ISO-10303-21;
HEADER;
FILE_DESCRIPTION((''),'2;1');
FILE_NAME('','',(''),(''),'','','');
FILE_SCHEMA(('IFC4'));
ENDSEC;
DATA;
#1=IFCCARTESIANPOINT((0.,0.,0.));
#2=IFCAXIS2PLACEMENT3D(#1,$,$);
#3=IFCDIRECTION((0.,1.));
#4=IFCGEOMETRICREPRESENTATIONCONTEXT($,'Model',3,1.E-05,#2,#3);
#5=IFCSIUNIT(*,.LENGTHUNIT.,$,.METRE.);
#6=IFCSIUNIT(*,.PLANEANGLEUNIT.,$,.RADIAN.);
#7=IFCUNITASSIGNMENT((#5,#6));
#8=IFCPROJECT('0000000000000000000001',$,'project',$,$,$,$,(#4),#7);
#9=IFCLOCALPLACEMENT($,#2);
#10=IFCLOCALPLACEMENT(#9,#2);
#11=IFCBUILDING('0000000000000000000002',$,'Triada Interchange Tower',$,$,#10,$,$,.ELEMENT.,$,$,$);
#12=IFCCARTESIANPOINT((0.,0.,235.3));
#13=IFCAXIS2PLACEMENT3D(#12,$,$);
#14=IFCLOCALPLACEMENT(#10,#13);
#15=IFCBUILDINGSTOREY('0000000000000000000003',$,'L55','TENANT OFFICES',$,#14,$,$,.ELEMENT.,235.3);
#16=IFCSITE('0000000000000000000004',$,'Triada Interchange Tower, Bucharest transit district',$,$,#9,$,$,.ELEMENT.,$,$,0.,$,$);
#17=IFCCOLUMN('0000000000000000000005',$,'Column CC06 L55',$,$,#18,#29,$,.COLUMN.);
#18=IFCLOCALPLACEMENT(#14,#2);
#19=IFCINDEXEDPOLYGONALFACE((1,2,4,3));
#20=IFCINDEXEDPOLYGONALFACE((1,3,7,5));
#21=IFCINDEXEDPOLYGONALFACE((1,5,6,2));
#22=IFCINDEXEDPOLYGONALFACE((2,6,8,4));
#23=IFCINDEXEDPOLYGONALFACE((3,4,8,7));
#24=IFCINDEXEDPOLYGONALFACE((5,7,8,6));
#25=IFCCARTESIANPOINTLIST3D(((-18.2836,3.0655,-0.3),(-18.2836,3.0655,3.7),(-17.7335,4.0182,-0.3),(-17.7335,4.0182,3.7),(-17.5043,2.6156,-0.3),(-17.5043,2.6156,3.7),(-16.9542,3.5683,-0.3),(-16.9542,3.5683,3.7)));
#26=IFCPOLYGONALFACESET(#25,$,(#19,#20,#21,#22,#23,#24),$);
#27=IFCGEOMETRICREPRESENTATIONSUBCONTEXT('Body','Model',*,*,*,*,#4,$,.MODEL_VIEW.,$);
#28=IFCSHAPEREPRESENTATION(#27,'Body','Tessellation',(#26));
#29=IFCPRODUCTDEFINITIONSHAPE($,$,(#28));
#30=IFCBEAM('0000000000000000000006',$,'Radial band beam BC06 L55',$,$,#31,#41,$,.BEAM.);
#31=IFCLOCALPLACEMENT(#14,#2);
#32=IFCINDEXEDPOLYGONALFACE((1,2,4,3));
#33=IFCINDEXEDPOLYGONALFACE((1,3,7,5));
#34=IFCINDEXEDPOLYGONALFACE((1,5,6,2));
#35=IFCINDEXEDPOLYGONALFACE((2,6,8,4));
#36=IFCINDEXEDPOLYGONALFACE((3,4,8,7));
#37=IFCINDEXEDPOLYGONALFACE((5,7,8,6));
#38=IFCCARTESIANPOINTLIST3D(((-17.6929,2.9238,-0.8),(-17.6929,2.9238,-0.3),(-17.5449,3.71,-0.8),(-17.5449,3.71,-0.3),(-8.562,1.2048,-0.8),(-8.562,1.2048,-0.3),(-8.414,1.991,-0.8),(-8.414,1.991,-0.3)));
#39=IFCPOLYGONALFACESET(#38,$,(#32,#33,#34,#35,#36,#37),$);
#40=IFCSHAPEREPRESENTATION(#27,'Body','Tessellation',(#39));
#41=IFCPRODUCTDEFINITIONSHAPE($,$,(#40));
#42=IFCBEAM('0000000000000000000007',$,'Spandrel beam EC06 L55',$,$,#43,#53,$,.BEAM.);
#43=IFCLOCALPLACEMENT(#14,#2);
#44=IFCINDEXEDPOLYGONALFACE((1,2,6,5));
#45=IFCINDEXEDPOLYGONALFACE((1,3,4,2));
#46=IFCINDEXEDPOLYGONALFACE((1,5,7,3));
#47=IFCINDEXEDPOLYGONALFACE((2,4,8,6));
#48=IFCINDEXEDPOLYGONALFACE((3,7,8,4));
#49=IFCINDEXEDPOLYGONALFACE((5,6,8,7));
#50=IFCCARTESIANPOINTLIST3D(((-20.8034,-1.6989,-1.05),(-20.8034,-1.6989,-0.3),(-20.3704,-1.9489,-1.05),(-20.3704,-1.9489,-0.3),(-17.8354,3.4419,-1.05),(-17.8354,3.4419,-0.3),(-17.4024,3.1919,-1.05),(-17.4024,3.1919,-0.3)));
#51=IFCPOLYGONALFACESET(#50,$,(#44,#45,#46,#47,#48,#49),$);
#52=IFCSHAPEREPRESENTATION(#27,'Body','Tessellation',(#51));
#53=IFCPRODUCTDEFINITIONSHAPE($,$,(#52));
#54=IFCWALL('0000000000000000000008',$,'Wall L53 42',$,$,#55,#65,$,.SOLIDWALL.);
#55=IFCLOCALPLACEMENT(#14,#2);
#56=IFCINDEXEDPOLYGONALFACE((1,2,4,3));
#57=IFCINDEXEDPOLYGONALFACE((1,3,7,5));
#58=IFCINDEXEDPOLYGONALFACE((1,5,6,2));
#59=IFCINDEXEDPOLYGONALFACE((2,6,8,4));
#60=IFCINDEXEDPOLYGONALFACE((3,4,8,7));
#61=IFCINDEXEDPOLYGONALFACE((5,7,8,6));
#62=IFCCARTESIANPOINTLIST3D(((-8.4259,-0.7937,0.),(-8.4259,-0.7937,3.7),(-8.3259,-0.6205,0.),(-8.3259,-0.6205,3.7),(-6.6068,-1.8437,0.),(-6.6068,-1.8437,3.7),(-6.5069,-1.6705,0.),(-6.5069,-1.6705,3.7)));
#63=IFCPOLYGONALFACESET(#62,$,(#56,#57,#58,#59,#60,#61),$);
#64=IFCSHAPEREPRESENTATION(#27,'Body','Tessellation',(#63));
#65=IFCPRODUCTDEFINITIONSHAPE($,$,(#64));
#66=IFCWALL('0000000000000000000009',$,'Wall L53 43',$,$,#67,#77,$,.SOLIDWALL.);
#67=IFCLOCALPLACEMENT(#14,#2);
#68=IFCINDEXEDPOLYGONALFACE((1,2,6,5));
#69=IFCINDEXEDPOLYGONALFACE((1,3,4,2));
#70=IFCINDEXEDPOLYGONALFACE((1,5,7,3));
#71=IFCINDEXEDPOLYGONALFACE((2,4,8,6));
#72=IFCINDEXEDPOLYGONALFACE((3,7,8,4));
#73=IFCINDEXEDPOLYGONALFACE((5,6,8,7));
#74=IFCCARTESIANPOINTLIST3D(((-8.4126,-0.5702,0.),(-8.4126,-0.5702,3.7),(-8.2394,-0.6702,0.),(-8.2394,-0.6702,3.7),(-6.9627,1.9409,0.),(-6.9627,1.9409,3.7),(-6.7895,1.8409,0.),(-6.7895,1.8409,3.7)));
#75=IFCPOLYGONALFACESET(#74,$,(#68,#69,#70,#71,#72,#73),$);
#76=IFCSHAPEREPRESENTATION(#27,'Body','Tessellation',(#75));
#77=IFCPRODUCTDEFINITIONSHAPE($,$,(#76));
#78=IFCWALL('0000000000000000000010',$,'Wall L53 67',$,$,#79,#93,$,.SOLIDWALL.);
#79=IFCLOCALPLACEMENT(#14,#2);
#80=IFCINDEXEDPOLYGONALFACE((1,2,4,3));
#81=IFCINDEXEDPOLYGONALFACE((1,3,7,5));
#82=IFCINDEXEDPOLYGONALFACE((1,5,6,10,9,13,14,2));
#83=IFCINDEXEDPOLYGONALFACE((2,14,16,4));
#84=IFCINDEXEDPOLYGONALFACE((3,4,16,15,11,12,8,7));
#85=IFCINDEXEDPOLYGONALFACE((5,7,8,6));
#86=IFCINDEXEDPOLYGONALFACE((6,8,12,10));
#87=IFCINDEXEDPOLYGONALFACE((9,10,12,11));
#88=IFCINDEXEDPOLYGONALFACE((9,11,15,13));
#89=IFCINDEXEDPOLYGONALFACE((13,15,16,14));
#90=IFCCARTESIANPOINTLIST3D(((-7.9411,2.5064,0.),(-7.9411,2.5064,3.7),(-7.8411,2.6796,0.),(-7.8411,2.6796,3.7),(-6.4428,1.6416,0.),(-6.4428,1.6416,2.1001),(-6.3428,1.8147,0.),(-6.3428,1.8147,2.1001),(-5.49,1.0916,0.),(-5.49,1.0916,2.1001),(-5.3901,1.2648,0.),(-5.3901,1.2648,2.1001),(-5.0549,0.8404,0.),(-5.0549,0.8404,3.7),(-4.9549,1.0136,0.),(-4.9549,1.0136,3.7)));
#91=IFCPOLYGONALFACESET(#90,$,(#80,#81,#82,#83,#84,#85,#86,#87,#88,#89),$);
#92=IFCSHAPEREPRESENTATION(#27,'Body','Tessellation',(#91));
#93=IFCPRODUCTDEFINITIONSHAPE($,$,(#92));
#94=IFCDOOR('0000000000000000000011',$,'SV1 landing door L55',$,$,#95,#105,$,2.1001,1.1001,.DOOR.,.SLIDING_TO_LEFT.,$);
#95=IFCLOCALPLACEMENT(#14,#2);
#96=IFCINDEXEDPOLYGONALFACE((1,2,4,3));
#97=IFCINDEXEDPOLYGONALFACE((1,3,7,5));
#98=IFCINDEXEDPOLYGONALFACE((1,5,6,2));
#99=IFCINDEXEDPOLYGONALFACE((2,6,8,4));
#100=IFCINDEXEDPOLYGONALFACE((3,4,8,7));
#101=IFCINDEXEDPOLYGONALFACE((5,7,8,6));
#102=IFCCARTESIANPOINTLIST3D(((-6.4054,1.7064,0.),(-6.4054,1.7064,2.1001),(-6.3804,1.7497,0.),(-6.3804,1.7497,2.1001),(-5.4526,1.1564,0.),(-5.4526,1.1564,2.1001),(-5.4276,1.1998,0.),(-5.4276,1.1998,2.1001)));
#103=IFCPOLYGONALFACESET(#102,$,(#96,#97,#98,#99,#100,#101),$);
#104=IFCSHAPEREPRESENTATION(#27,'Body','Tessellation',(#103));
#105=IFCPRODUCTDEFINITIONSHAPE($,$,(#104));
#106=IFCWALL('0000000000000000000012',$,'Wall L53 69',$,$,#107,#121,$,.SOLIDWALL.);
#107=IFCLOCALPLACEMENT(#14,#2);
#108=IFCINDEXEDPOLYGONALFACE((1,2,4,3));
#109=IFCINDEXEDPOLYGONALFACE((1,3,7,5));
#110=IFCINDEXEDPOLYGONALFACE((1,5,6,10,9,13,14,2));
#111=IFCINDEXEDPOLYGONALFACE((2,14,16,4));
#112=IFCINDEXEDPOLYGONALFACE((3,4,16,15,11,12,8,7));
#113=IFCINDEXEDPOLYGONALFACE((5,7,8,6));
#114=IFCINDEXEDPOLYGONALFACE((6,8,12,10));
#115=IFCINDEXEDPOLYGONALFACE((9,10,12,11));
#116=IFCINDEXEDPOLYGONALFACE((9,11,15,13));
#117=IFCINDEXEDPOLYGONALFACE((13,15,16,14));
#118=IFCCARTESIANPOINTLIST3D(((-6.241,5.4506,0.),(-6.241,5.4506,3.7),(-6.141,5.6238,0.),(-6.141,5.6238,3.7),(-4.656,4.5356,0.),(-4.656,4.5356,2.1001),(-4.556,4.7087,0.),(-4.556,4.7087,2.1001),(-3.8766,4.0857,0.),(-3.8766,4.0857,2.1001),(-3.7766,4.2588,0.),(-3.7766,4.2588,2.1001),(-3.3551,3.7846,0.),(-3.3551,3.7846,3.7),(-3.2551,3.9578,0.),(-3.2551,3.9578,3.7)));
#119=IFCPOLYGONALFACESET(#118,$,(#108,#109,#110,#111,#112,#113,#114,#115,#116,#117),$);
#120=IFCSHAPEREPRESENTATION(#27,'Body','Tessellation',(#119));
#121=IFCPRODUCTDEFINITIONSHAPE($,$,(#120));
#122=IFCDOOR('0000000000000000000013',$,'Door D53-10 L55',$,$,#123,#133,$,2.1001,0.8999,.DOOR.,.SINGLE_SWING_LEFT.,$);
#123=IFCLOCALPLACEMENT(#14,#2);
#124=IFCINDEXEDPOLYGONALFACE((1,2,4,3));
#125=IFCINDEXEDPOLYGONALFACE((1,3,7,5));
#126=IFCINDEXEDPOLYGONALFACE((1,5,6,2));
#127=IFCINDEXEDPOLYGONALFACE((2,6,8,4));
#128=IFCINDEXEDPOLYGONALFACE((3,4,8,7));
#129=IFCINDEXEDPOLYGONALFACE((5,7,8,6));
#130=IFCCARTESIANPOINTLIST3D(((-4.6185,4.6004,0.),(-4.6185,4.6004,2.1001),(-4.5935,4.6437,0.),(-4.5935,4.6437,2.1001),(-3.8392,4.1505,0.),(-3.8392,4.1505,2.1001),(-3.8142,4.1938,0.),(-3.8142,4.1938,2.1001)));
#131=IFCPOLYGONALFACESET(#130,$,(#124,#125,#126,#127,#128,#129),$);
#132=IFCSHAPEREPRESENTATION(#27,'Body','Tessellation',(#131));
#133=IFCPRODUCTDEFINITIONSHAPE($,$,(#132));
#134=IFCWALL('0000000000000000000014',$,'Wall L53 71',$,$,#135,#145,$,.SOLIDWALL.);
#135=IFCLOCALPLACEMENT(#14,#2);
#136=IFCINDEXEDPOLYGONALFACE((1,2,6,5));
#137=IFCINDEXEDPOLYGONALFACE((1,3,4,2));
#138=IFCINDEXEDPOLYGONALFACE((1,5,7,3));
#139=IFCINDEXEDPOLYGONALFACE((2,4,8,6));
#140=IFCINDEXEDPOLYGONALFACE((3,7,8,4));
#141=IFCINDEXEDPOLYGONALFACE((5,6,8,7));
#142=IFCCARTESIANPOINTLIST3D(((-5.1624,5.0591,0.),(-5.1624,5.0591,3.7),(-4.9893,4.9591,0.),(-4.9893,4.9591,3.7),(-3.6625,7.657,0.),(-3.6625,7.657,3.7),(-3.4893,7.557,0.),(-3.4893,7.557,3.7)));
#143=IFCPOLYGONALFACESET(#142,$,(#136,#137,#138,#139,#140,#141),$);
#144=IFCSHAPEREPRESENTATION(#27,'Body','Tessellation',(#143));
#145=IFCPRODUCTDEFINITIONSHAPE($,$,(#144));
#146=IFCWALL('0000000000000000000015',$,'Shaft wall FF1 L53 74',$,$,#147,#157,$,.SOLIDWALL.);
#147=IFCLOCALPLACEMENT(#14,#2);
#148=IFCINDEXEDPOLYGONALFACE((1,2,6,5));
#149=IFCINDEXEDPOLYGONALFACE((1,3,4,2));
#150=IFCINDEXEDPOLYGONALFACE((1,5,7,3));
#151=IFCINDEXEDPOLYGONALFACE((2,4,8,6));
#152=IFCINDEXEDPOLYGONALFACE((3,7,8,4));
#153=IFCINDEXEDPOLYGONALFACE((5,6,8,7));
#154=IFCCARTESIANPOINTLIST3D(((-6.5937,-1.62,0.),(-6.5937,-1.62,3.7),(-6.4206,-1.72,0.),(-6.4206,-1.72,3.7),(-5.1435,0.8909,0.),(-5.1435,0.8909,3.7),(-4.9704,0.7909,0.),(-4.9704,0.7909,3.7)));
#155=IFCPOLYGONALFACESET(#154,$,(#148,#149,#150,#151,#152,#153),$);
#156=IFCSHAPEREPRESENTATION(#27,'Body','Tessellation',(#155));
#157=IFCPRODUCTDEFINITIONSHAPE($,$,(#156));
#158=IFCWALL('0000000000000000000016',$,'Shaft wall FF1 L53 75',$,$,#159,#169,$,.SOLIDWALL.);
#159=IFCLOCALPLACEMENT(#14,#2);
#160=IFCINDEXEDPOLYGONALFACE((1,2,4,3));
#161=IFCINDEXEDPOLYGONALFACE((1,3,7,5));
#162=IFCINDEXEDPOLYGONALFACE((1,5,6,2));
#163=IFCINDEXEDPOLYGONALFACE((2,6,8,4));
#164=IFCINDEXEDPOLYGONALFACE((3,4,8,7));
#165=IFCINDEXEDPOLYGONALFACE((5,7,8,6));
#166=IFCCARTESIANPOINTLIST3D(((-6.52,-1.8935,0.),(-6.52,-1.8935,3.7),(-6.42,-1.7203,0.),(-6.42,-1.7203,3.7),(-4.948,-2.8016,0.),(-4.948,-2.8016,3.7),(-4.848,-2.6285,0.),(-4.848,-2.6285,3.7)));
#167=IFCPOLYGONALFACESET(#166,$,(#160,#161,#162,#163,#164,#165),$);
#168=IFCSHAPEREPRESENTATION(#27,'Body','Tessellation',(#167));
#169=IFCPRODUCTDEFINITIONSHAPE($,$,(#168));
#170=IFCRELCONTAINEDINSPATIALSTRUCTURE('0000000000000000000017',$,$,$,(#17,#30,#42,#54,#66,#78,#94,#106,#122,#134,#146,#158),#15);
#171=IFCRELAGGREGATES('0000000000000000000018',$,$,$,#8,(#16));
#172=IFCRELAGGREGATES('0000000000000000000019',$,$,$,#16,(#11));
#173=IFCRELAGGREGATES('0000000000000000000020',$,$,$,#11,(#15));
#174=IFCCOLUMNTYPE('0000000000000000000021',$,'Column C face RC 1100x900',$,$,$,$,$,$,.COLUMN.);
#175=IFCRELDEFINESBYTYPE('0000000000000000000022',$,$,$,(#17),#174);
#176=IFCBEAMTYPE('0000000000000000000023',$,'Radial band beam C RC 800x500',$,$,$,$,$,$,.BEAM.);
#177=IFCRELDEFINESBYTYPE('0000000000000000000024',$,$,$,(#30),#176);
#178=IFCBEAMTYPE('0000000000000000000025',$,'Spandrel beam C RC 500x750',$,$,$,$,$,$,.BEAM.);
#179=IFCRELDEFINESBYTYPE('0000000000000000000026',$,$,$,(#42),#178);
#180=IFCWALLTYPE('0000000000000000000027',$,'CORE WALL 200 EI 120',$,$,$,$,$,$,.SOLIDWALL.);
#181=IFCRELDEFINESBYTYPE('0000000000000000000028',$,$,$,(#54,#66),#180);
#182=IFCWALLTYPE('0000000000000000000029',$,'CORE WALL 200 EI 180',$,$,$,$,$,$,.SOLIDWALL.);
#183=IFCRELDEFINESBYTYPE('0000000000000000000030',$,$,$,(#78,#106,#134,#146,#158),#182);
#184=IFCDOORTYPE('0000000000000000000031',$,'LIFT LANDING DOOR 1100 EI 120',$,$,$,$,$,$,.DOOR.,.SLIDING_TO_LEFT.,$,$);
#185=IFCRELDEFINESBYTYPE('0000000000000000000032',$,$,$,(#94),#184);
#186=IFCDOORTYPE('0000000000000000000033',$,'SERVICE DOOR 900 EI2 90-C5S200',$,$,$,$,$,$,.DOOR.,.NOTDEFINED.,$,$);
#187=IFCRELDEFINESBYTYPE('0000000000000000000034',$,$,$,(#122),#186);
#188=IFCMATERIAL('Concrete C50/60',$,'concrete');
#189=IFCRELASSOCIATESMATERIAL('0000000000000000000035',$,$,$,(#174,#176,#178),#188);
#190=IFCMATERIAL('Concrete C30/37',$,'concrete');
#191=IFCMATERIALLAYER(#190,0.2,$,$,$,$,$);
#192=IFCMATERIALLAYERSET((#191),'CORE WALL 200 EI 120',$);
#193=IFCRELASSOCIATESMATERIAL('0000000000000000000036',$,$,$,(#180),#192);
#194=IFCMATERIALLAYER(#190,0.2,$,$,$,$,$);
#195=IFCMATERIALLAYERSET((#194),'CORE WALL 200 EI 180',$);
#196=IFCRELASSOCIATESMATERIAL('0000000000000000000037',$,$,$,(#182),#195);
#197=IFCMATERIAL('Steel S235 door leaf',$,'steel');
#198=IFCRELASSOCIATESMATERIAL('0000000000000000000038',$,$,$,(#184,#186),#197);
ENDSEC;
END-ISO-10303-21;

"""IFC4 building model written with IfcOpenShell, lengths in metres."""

from ifc_helpers import new_model, si_unit, direction, frame, frame_2d, origin, origin_2d, place, context, subcontext, project, spatial, rectangle, extrude, material, layer, layer_set, material_profile, profile_set, type_object, element, fill, save


model = new_model("IFC4")

# Units and contexts
model_context = context("Model", 3, precision=1e-05, world=origin(), true_north=direction((0.0, 1.0)))
body_context = subcontext(model_context, "Body", "Model", "MODEL_VIEW")
ifc_project = project(units=[si_unit("LENGTHUNIT", "METRE"), si_unit("PLANEANGLEUNIT", "RADIAN")], contexts=[model_context])

# Site, building, storey
site_placement = place(None, origin())
site = spatial("IfcSite", under=ifc_project, at=site_placement, Name="Triada Interchange Tower, Bucharest transit district", CompositionType="ELEMENT", RefElevation=0.0)
building_placement = place(site_placement, origin())
building = spatial("IfcBuilding", under=site, at=building_placement, Name="Triada Interchange Tower", CompositionType="ELEMENT")
storey_placement = place(building_placement, frame((0.0, 0.0, 235.3)))
storey = spatial("IfcBuildingStorey", under=building, at=storey_placement, Name="L55", Description="TENANT OFFICES", CompositionType="ELEMENT", Elevation=235.3)

# Column
ifc_material_1 = material(Name="Concrete C50/60", Category="concrete")
ifc_material_profile_1 = material_profile(ifc_material_1, rectangle(XDim=1.1001, YDim=0.8999, at=origin_2d()), Name="RC 1100x900")
ifc_profile_set_1 = profile_set([ifc_material_profile_1], Name="Concrete C50/60")
column_type = type_object("IfcColumnType", Name="Column C face RC 1100x900", PredefinedType="COLUMN", material=ifc_profile_set_1)
column_placement = place(storey_placement, frame((-17.6189, 3.3169, -0.3), z_axis=(0.0, 0.0, 1.0), x_axis=(0.5, 0.866025, 0.0)))
element("IfcColumn", 1, at=column_placement, inside=storey, type_object=column_type, Name="Column CC06 L55", PredefinedType="COLUMN", context=body_context, shape_type="SweptSolid", body=[
    extrude(rectangle(XDim=1.1001, YDim=0.8999, at=origin_2d()), origin(), (0.0, 0.0, 1.0), 4.0),
])

# Beams
ifc_material_profile_2 = material_profile(ifc_material_1, rectangle(XDim=0.8, YDim=0.5, at=origin_2d()), Name="RC 800x500")
ifc_profile_set_2 = profile_set([ifc_material_profile_2], Name="Concrete C50/60")
beam_type_1 = type_object("IfcBeamType", Name="Radial band beam C RC 800x500", PredefinedType="BEAM", material=ifc_profile_set_2)
beam_1_placement = place(storey_placement, frame((-17.6189, 3.3169, -0.55), z_axis=(0.982736, -0.185012, 0.0), x_axis=(0.185012, 0.982736, 0.0)))
element("IfcBeam", 2, at=beam_1_placement, inside=storey, type_object=beam_type_1, Name="Radial band beam BC06 L55", PredefinedType="BEAM", context=body_context, shape_type="SweptSolid", body=[
    extrude(rectangle(XDim=0.8, YDim=0.5, at=origin_2d()), origin(), (0.0, 0.0, 1.0), 9.2913),
])
ifc_material_profile_3 = material_profile(ifc_material_1, rectangle(XDim=0.5, YDim=0.75, at=origin_2d()), Name="RC 500x750")
ifc_profile_set_3 = profile_set([ifc_material_profile_3], Name="Concrete C50/60")
beam_type_2 = type_object("IfcBeamType", Name="Spandrel beam C RC 500x750", PredefinedType="BEAM", material=ifc_profile_set_3)
beam_2_placement = place(storey_placement, frame((-17.6189, 3.3169, -0.675), z_axis=(-0.499992, -0.86603, 0.0), x_axis=(0.86603, -0.499992, 0.0)))
element("IfcBeam", 3, at=beam_2_placement, inside=storey, type_object=beam_type_2, Name="Spandrel beam EC06 L55", PredefinedType="BEAM", context=body_context, shape_type="SweptSolid", body=[
    extrude(rectangle(XDim=0.5, YDim=0.75, at=origin_2d()), origin(), (0.0, 0.0, 1.0), 5.936),
])

# Walls
ifc_material_2 = material(Name="Concrete C30/37", Category="concrete")
ifc_layer_1 = layer(ifc_material_2, 0.2)
ifc_layer_set_1 = layer_set([ifc_layer_1], Name="CORE WALL 200 EI 120")
wall_type_1 = type_object("IfcWallType", Name="CORE WALL 200 EI 120", PredefinedType="SOLIDWALL", material=ifc_layer_set_1)
wall_1_placement = place(storey_placement, frame((-8.376, -0.707, 0.0), z_axis=(0.0, 0.0, 1.0), x_axis=(0.866068, -0.499927, 0.0)))
element("IfcWall", 4, at=wall_1_placement, inside=storey, type_object=wall_type_1, Name="Wall L53 42", PredefinedType="SOLIDWALL", context=body_context, shape_type="SweptSolid", body=[
    extrude(rectangle(XDim=2.1003, YDim=0.2, at=frame_2d((1.0503, 0.0))), origin(), (0.0, 0.0, 1.0), 3.7),
])
wall_2_placement = place(storey_placement, frame((-8.3259, -0.6201, 0.0), z_axis=(0.0, 0.0, 1.0), x_axis=(0.500024, 0.866012, 0.0)))
element("IfcWall", 5, at=wall_2_placement, inside=storey, type_object=wall_type_1, Name="Wall L53 43", PredefinedType="SOLIDWALL", context=body_context, shape_type="SweptSolid", body=[
    extrude(rectangle(XDim=2.8997, YDim=0.2, at=frame_2d((1.4497, 0.0))), origin(), (0.0, 0.0, 1.0), 3.7),
])

# Walls, openings, doors
ifc_layer_2 = layer(ifc_material_2, 0.2)
ifc_layer_set_2 = layer_set([ifc_layer_2], Name="CORE WALL 200 EI 180")
wall_type_2 = type_object("IfcWallType", Name="CORE WALL 200 EI 180", PredefinedType="SOLIDWALL", material=ifc_layer_set_2)
wall_3_placement = place(storey_placement, frame((-7.8911, 2.593, 0.0), z_axis=(0.0, 0.0, 1.0), x_axis=(0.866071, -0.499921, 0.0)))
wall_3 = element("IfcWall", 6, at=wall_3_placement, inside=storey, type_object=wall_type_2, Name="Wall L53 67", PredefinedType="SOLIDWALL", context=body_context, shape_type="SweptSolid", body=[
    extrude(rectangle(XDim=3.3325, YDim=0.2, at=frame_2d((1.6663, 0.0))), origin(), (0.0, 0.0, 1.0), 3.7),
])
opening_1_placement = place(wall_3_placement, frame((1.73, 0.0, 0.0)))
opening_1 = element("IfcOpeningElement", 7, at=opening_1_placement, cuts=wall_3, PredefinedType="OPENING", context=body_context, shape_type="SweptSolid", body=[
    extrude(rectangle(XDim=1.1001, YDim=2.1001, at=frame_2d((0.55, 1.05))), frame((0.0, 0.1099, 0.0), z_axis=(0.0, -1.0, 0.0), x_axis=(1.0, 0.0, 0.0)), (0.0, 0.0, 1.0), 0.22),
])
ifc_material_3 = material(Name="Steel S235 door leaf", Category="steel")
door_type_1 = type_object("IfcDoorType", Name="LIFT LANDING DOOR 1100 EI 120", OperationType="SLIDING_TO_LEFT", PredefinedType="DOOR", material=ifc_material_3)
door_1_placement = place(opening_1_placement, origin())
door_1 = element("IfcDoor", 8, at=door_1_placement, inside=storey, type_object=door_type_1, Name="SV1 landing door L55", OperationType="SLIDING_TO_LEFT", OverallHeight=2.1001, OverallWidth=1.1001, PredefinedType="DOOR", context=body_context, shape_type="SweptSolid", body=[
    extrude(rectangle(XDim=1.1001, YDim=2.1001, at=frame_2d((0.55, 1.05))), frame((0.0, 0.0249, 0.0), z_axis=(0.0, -1.0, 0.0), x_axis=(1.0, 0.0, 0.0)), (0.0, 0.0, 1.0), 0.05),
])
fill(opening_1, door_1)
wall_4_placement = place(storey_placement, frame((-6.1909, 5.5371, 0.0), z_axis=(0.0, 0.0, 1.0), x_axis=(0.866053, -0.499953, 0.0)))
wall_4 = element("IfcWall", 9, at=wall_4_placement, inside=storey, type_object=wall_type_2, Name="Wall L53 69", PredefinedType="SOLIDWALL", context=body_context, shape_type="SweptSolid", body=[
    extrude(rectangle(XDim=3.3323, YDim=0.2, at=frame_2d((1.666, 0.0))), origin(), (0.0, 0.0, 1.0), 3.7),
])
opening_2_placement = place(wall_4_placement, frame((1.8301, 0.0, 0.0)))
opening_2 = element("IfcOpeningElement", 10, at=opening_2_placement, cuts=wall_4, PredefinedType="OPENING", context=body_context, shape_type="SweptSolid", body=[
    extrude(rectangle(XDim=0.8999, YDim=2.1001, at=frame_2d((0.45, 1.05))), frame((0.0, 0.1099, 0.0), z_axis=(0.0, -1.0, 0.0), x_axis=(1.0, 0.0, 0.0)), (0.0, 0.0, 1.0), 0.22),
])
door_type_2 = type_object("IfcDoorType", Name="SERVICE DOOR 900 EI2 90-C5S200", OperationType="NOTDEFINED", PredefinedType="DOOR", material=ifc_material_3)
door_2_placement = place(opening_2_placement, origin())
door_2 = element("IfcDoor", 11, at=door_2_placement, inside=storey, type_object=door_type_2, Name="Door D53-10 L55", OperationType="SINGLE_SWING_LEFT", OverallHeight=2.1001, OverallWidth=0.8999, PredefinedType="DOOR", context=body_context, shape_type="SweptSolid", body=[
    extrude(rectangle(XDim=0.8999, YDim=2.1001, at=frame_2d((0.45, 1.05))), frame((0.0, 0.0249, 0.0), z_axis=(0.0, -1.0, 0.0), x_axis=(1.0, 0.0, 0.0)), (0.0, 0.0, 1.0), 0.05),
])
fill(opening_2, door_2)

# Walls
wall_5_placement = place(storey_placement, frame((-5.0759, 5.009, 0.0), z_axis=(0.0, 0.0, 1.0), x_axis=(0.500025, 0.866011, 0.0)))
element("IfcWall", 12, at=wall_5_placement, inside=storey, type_object=wall_type_2, Name="Wall L53 71", PredefinedType="SOLIDWALL", context=body_context, shape_type="SweptSolid", body=[
    extrude(rectangle(XDim=2.9998, YDim=0.2, at=frame_2d((1.5, 0.0))), origin(), (0.0, 0.0, 1.0), 3.7),
])
wall_6_placement = place(storey_placement, frame((-6.5071, -1.6699, 0.0), z_axis=(0.0, 0.0, 1.0), x_axis=(0.500123, 0.865954, 0.0)))
element("IfcWall", 13, at=wall_6_placement, inside=storey, type_object=wall_type_2, Name="Shaft wall FF1 L53 74", PredefinedType="SOLIDWALL", context=body_context, shape_type="SweptSolid", body=[
    extrude(rectangle(XDim=2.8997, YDim=0.2, at=frame_2d((1.4497, 0.0))), origin(), (0.0, 0.0, 1.0), 3.7),
])
wall_7_placement = place(storey_placement, frame((-6.47, -1.8069, 0.0), z_axis=(0.0, 0.0, 1.0), x_axis=(0.865883, -0.500246, 0.0)))
element("IfcWall", 14, at=wall_7_placement, inside=storey, type_object=wall_type_2, Name="Shaft wall FF1 L53 75", PredefinedType="SOLIDWALL", context=body_context, shape_type="SweptSolid", body=[
    extrude(rectangle(XDim=1.8154, YDim=0.2, at=frame_2d((0.9077, 0.0))), origin(), (0.0, 0.0, 1.0), 3.7),
])

save(model, "model.ifc")
